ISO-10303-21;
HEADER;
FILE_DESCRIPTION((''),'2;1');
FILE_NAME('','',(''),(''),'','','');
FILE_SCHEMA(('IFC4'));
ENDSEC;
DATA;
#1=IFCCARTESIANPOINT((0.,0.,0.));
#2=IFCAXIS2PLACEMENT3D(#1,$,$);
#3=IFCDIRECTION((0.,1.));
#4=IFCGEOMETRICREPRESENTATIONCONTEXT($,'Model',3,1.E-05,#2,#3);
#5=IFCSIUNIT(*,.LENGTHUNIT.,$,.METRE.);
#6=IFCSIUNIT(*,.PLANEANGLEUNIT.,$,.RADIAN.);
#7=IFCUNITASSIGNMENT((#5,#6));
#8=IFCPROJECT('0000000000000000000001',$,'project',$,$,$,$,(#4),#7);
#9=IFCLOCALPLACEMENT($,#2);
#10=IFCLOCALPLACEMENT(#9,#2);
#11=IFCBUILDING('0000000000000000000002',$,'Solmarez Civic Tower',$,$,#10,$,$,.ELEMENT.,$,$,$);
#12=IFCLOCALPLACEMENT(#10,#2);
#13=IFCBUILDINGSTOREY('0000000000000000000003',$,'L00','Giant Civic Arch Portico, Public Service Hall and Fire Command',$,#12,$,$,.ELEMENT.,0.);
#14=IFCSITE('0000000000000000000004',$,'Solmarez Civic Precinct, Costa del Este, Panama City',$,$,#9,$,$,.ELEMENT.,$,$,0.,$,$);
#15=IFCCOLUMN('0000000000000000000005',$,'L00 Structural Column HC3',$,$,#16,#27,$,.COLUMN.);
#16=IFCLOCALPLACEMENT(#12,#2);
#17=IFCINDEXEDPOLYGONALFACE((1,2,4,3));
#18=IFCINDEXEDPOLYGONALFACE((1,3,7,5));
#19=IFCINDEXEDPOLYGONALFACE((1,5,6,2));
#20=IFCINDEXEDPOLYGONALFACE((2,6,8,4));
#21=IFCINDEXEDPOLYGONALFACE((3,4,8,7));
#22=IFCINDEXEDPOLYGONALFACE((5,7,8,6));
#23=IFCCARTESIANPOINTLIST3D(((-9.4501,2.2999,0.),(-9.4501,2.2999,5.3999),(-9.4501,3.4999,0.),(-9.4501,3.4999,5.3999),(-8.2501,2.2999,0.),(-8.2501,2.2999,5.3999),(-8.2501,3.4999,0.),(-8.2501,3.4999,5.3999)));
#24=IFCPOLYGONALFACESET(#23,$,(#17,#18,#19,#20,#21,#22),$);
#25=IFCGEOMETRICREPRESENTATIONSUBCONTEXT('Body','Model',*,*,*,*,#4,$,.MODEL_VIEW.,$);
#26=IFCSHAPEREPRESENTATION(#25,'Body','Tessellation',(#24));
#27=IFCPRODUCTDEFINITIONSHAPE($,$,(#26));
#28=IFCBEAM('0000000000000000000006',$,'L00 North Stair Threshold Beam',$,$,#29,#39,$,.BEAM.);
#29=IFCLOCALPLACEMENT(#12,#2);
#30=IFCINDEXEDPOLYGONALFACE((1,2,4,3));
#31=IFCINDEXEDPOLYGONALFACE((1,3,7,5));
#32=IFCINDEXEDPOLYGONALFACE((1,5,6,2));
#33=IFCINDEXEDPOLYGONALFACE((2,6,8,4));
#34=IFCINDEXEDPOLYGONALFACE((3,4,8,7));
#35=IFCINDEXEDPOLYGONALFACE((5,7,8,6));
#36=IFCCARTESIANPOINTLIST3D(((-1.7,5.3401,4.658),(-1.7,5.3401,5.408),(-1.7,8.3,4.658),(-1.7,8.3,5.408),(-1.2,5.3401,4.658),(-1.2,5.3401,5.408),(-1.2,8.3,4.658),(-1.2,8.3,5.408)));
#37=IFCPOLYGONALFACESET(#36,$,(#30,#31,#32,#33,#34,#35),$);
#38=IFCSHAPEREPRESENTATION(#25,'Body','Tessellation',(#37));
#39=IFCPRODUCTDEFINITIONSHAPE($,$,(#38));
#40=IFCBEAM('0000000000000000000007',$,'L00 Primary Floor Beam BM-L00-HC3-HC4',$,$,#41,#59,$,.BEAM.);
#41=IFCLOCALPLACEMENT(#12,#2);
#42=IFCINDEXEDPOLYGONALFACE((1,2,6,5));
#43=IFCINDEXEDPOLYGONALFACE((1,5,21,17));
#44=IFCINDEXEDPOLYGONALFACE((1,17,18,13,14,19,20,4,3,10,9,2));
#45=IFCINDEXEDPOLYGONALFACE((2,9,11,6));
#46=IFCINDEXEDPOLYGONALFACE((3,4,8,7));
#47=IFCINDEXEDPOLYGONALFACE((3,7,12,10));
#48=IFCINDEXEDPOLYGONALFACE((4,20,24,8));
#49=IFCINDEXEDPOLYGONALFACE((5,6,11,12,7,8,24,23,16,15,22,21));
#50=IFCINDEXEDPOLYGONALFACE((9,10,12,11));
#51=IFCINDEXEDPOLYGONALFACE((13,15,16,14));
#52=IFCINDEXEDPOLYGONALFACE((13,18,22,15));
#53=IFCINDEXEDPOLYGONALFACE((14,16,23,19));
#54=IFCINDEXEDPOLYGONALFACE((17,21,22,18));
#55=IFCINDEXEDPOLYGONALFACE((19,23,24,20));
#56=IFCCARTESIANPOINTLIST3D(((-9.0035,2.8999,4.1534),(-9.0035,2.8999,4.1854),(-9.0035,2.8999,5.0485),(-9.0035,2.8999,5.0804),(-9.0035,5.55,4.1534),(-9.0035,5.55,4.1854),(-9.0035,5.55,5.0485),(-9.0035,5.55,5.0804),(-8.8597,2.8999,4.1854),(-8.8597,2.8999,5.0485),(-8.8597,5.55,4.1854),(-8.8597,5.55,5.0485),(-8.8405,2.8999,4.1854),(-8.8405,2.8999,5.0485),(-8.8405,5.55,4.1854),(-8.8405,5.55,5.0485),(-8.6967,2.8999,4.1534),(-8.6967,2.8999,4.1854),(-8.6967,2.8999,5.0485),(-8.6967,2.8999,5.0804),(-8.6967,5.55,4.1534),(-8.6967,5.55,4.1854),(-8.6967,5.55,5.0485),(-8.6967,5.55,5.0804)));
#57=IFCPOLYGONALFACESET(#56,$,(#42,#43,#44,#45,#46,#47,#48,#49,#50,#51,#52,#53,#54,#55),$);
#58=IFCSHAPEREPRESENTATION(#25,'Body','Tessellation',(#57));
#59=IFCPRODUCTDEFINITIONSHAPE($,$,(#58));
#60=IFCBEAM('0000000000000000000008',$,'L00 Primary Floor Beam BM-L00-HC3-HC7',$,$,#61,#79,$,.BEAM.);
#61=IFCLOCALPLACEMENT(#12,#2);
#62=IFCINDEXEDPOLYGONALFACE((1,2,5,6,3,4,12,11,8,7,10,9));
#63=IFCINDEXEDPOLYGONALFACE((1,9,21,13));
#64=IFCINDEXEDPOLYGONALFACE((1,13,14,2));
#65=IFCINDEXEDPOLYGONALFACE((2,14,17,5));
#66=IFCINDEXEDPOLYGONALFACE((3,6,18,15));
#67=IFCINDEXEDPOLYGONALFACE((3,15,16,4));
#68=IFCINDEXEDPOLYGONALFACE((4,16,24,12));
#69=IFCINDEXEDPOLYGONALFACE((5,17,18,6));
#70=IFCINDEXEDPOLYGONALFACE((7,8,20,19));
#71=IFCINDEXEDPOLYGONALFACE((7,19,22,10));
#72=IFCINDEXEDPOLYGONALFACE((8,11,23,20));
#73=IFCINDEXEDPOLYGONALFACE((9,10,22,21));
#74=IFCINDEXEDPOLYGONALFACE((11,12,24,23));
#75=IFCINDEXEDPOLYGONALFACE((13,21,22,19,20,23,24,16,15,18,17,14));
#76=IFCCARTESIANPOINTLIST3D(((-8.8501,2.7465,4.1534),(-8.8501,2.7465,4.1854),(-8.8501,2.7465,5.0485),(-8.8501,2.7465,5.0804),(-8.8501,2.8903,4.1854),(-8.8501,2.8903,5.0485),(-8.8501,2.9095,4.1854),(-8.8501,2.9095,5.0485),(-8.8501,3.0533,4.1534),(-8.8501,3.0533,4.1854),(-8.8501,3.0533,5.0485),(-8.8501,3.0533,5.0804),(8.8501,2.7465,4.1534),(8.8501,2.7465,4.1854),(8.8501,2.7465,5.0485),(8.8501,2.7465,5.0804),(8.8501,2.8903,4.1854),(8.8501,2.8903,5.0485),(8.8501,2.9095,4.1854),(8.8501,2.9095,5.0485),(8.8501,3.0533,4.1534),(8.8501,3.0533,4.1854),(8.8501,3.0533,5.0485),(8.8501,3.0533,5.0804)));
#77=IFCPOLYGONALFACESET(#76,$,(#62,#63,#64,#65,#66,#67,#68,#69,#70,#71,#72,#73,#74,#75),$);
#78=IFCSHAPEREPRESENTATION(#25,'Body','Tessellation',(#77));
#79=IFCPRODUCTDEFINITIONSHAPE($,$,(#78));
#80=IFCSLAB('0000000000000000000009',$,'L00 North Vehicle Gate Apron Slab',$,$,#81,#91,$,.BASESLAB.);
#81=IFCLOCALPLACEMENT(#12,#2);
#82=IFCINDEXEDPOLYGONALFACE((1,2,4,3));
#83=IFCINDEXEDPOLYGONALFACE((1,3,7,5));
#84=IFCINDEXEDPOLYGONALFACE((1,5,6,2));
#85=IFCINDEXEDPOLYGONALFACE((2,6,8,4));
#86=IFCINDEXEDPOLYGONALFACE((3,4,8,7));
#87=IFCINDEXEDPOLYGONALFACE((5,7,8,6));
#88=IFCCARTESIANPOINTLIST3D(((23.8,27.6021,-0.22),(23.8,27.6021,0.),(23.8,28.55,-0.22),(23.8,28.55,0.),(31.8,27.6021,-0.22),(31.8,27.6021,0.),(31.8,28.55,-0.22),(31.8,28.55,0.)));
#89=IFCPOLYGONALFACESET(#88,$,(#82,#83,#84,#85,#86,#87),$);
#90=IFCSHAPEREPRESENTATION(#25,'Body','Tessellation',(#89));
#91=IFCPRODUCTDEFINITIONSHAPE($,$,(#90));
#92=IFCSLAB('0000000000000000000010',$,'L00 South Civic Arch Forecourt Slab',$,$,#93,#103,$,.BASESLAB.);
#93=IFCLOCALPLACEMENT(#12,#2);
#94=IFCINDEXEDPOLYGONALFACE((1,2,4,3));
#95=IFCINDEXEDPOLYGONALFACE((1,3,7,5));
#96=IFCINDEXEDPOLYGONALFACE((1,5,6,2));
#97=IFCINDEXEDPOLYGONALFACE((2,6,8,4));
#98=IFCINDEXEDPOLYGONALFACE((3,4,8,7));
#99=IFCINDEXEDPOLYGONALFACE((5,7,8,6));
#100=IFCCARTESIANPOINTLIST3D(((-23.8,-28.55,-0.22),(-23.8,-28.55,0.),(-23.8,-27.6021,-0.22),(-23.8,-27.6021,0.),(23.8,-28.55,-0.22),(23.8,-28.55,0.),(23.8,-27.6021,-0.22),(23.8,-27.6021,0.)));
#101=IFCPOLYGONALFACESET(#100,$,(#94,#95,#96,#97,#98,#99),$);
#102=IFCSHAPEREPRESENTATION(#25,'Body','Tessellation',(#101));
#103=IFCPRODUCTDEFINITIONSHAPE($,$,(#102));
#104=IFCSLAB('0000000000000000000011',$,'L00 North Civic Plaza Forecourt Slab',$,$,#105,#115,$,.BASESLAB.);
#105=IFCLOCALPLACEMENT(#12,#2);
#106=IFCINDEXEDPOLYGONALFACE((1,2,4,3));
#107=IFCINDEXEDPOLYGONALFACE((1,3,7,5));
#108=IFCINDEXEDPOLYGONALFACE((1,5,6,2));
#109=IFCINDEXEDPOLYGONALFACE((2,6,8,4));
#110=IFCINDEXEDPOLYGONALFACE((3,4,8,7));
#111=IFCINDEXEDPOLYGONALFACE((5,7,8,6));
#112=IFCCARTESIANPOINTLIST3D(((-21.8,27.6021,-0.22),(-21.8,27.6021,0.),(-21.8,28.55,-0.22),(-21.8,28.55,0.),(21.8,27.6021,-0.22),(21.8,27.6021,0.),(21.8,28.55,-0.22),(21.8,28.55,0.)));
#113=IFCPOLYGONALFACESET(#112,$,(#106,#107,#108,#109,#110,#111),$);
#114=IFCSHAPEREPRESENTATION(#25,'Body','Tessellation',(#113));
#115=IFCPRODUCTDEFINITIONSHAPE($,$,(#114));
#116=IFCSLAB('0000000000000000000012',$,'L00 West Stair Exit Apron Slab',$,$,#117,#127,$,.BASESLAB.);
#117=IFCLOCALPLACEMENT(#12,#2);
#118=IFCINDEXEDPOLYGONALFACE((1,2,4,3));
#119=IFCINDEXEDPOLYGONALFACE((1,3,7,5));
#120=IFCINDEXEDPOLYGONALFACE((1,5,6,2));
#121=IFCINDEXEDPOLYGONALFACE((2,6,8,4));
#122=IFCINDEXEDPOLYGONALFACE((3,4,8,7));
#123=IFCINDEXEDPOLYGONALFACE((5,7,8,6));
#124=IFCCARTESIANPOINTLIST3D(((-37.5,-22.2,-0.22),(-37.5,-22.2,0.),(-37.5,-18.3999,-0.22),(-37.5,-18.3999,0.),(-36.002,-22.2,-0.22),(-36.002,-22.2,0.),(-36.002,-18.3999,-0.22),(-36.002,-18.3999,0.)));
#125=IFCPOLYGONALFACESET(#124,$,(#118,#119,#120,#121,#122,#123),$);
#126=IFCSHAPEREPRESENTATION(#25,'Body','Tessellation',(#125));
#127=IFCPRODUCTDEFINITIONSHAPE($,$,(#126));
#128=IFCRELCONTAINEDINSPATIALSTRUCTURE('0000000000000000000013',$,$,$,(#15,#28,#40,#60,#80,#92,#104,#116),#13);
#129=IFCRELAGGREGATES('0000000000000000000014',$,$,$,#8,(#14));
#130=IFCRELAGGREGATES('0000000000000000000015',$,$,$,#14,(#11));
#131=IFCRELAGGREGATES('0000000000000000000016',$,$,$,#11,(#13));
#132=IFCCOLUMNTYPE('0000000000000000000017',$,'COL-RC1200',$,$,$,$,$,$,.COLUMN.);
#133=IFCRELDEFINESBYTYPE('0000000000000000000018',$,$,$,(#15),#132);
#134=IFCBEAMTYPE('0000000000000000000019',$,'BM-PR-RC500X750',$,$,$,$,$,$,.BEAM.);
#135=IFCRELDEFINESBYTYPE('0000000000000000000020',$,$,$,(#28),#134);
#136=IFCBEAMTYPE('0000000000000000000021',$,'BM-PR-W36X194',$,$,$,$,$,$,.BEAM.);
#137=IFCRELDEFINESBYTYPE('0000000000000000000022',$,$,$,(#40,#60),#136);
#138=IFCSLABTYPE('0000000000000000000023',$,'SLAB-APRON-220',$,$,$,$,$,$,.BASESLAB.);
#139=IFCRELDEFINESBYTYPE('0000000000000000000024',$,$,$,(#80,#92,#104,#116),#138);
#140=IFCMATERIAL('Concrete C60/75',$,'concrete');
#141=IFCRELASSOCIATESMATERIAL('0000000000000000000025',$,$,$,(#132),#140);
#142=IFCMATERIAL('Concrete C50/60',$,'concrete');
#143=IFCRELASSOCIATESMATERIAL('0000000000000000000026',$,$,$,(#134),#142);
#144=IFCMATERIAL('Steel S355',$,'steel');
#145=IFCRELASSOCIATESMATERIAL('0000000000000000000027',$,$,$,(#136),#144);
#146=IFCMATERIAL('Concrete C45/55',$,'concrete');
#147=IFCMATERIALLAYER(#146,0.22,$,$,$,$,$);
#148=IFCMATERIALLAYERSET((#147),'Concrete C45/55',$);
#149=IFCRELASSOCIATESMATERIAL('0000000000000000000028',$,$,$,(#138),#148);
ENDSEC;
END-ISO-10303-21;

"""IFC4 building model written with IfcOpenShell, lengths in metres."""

from ifc_helpers import new_model, si_unit, direction, frame, origin, origin_2d, place, context, subcontext, project, spatial, polyline, rectangle, i_section, outline, extrude, material, layer, layer_set, material_profile, profile_set, type_object, element, save


model = new_model("IFC4")

# Units and contexts
model_context = context("Model", 3, precision=1e-05, world=origin(), true_north=direction((0.0, 1.0)))
body_context = subcontext(model_context, "Body", "Model", "MODEL_VIEW")
ifc_project = project(units=[si_unit("LENGTHUNIT", "METRE"), si_unit("PLANEANGLEUNIT", "RADIAN")], contexts=[model_context])

# Site, building, storey
site_placement = place(None, origin())
site = spatial("IfcSite", under=ifc_project, at=site_placement, Name="Solmarez Civic Precinct, Costa del Este, Panama City", CompositionType="ELEMENT", RefElevation=0.0)
building_placement = place(site_placement, origin())
building = spatial("IfcBuilding", under=site, at=building_placement, Name="Solmarez Civic Tower", CompositionType="ELEMENT")
storey_placement = place(building_placement, origin())
storey = spatial("IfcBuildingStorey", under=building, at=storey_placement, Name="L00", Description="Giant Civic Arch Portico, Public Service Hall and Fire Command", CompositionType="ELEMENT", Elevation=0.0)

# Column
ifc_material_1 = material(Name="Concrete C60/75", Category="concrete")
ifc_material_profile_1 = material_profile(ifc_material_1, rectangle(XDim=1.2, YDim=1.2, at=origin_2d()), Name="RC1200X1200")
ifc_profile_set_1 = profile_set([ifc_material_profile_1], Name="Concrete C60/75")
column_type = type_object("IfcColumnType", Name="COL-RC1200", PredefinedType="COLUMN", material=ifc_profile_set_1)
column_placement = place(storey_placement, frame((-8.8501, 2.8999, 0.0), z_axis=(0.0, 0.0, 1.0), x_axis=(1.0, 0.0, 0.0)))
element("IfcColumn", 1, at=column_placement, inside=storey, type_object=column_type, Name="L00 Structural Column HC3", PredefinedType="COLUMN", context=body_context, shape_type="SweptSolid", body=[
    extrude(rectangle(XDim=1.2, YDim=1.2, at=origin_2d()), origin(), (0.0, 0.0, 1.0), 5.3999),
])

# Beams
ifc_material_2 = material(Name="Concrete C50/60", Category="concrete")
ifc_material_profile_2 = material_profile(ifc_material_2, rectangle(XDim=0.5, YDim=0.75, at=origin_2d()), Name="RC500X750")
ifc_profile_set_2 = profile_set([ifc_material_profile_2], Name="Concrete C50/60")
beam_type_1 = type_object("IfcBeamType", Name="BM-PR-RC500X750", PredefinedType="BEAM", material=ifc_profile_set_2)
beam_1_placement = place(storey_placement, frame((-1.45, 5.3401, 5.033), z_axis=(0.0, 1.0, 0.0), x_axis=(-1.0, 0.0, 0.0)))
element("IfcBeam", 2, at=beam_1_placement, inside=storey, type_object=beam_type_1, Name="L00 North Stair Threshold Beam", PredefinedType="BEAM", context=body_context, shape_type="SweptSolid", body=[
    extrude(rectangle(XDim=0.5, YDim=0.75, at=origin_2d()), origin(), (0.0, 0.0, 1.0), 2.96),
])
ifc_material_3 = material(Name="Steel S355", Category="steel")
ifc_material_profile_3 = material_profile(ifc_material_3, i_section(OverallWidth=0.3069, OverallDepth=0.927, WebThickness=0.0193, FlangeThickness=0.032, at=origin_2d()), Name="W36X194")
ifc_profile_set_3 = profile_set([ifc_material_profile_3], Name="Steel S355")
beam_type_2 = type_object("IfcBeamType", Name="BM-PR-W36X194", PredefinedType="BEAM", material=ifc_profile_set_3)
beam_2_placement = place(storey_placement, frame((-8.8501, 2.8999, 4.6169), z_axis=(0.0, 1.0, 0.0), x_axis=(-1.0, 0.0, 0.0)))
element("IfcBeam", 3, at=beam_2_placement, inside=storey, type_object=beam_type_2, Name="L00 Primary Floor Beam BM-L00-HC3-HC4", PredefinedType="BEAM", context=body_context, shape_type="SweptSolid", body=[
    extrude(i_section(OverallWidth=0.3069, OverallDepth=0.927, WebThickness=0.0193, FlangeThickness=0.032, at=origin_2d()), origin(), (0.0, 0.0, 1.0), 2.6501),
])
beam_3_placement = place(storey_placement, frame((-8.8501, 2.8999, 4.6169), z_axis=(1.0, 0.0, 0.0), x_axis=(0.0, 1.0, 0.0)))
element("IfcBeam", 4, at=beam_3_placement, inside=storey, type_object=beam_type_2, Name="L00 Primary Floor Beam BM-L00-HC3-HC7", PredefinedType="BEAM", context=body_context, shape_type="SweptSolid", body=[
    extrude(i_section(OverallWidth=0.3069, OverallDepth=0.927, WebThickness=0.0193, FlangeThickness=0.032, at=origin_2d()), origin(), (0.0, 0.0, 1.0), 17.7002),
])

# Slabs
ifc_material_4 = material(Name="Concrete C45/55", Category="concrete")
ifc_layer_1 = layer(ifc_material_4, 0.22)
ifc_layer_set_1 = layer_set([ifc_layer_1], Name="Concrete C45/55")
slab_type_1 = type_object("IfcSlabType", Name="SLAB-APRON-220", PredefinedType="BASESLAB", material=ifc_layer_set_1)
slab_1_placement = place(storey_placement, frame((0.0, 0.0, -0.22)))
element("IfcSlab", 5, at=slab_1_placement, inside=storey, type_object=slab_type_1, Name="L00 North Vehicle Gate Apron Slab", PredefinedType="BASESLAB", context=body_context, shape_type="SweptSolid", body=[
    extrude(outline(polyline([(23.8, 27.6021), (31.8, 27.6021), (31.8, 28.55), (23.8, 28.55), (23.8, 27.6021)])), origin(), (0.0, 0.0, 1.0), 0.22),
])
slab_2_placement = place(storey_placement, frame((0.0, 0.0, -0.22)))
element("IfcSlab", 6, at=slab_2_placement, inside=storey, type_object=slab_type_1, Name="L00 South Civic Arch Forecourt Slab", PredefinedType="BASESLAB", context=body_context, shape_type="SweptSolid", body=[
    extrude(outline(polyline([(-23.8, -28.55), (23.8, -28.55), (23.8, -27.6021), (-23.8, -27.6021), (-23.8, -28.55)])), origin(), (0.0, 0.0, 1.0), 0.22),
])
slab_3_placement = place(storey_placement, frame((0.0, 0.0, -0.22)))
element("IfcSlab", 7, at=slab_3_placement, inside=storey, type_object=slab_type_1, Name="L00 North Civic Plaza Forecourt Slab", PredefinedType="BASESLAB", context=body_context, shape_type="SweptSolid", body=[
    extrude(outline(polyline([(-21.8, 27.6021), (21.8, 27.6021), (21.8, 28.55), (-21.8, 28.55), (-21.8, 27.6021)])), origin(), (0.0, 0.0, 1.0), 0.22),
])
slab_4_placement = place(storey_placement, frame((0.0, 0.0, -0.22)))
element("IfcSlab", 8, at=slab_4_placement, inside=storey, type_object=slab_type_1, Name="L00 West Stair Exit Apron Slab", PredefinedType="BASESLAB", context=body_context, shape_type="SweptSolid", body=[
    extrude(outline(polyline([(-37.5, -22.2), (-36.002, -22.2), (-36.002, -18.3999), (-37.5, -18.3999), (-37.5, -22.2)])), origin(), (0.0, 0.0, 1.0), 0.22),
])

save(model, "model.ifc")
